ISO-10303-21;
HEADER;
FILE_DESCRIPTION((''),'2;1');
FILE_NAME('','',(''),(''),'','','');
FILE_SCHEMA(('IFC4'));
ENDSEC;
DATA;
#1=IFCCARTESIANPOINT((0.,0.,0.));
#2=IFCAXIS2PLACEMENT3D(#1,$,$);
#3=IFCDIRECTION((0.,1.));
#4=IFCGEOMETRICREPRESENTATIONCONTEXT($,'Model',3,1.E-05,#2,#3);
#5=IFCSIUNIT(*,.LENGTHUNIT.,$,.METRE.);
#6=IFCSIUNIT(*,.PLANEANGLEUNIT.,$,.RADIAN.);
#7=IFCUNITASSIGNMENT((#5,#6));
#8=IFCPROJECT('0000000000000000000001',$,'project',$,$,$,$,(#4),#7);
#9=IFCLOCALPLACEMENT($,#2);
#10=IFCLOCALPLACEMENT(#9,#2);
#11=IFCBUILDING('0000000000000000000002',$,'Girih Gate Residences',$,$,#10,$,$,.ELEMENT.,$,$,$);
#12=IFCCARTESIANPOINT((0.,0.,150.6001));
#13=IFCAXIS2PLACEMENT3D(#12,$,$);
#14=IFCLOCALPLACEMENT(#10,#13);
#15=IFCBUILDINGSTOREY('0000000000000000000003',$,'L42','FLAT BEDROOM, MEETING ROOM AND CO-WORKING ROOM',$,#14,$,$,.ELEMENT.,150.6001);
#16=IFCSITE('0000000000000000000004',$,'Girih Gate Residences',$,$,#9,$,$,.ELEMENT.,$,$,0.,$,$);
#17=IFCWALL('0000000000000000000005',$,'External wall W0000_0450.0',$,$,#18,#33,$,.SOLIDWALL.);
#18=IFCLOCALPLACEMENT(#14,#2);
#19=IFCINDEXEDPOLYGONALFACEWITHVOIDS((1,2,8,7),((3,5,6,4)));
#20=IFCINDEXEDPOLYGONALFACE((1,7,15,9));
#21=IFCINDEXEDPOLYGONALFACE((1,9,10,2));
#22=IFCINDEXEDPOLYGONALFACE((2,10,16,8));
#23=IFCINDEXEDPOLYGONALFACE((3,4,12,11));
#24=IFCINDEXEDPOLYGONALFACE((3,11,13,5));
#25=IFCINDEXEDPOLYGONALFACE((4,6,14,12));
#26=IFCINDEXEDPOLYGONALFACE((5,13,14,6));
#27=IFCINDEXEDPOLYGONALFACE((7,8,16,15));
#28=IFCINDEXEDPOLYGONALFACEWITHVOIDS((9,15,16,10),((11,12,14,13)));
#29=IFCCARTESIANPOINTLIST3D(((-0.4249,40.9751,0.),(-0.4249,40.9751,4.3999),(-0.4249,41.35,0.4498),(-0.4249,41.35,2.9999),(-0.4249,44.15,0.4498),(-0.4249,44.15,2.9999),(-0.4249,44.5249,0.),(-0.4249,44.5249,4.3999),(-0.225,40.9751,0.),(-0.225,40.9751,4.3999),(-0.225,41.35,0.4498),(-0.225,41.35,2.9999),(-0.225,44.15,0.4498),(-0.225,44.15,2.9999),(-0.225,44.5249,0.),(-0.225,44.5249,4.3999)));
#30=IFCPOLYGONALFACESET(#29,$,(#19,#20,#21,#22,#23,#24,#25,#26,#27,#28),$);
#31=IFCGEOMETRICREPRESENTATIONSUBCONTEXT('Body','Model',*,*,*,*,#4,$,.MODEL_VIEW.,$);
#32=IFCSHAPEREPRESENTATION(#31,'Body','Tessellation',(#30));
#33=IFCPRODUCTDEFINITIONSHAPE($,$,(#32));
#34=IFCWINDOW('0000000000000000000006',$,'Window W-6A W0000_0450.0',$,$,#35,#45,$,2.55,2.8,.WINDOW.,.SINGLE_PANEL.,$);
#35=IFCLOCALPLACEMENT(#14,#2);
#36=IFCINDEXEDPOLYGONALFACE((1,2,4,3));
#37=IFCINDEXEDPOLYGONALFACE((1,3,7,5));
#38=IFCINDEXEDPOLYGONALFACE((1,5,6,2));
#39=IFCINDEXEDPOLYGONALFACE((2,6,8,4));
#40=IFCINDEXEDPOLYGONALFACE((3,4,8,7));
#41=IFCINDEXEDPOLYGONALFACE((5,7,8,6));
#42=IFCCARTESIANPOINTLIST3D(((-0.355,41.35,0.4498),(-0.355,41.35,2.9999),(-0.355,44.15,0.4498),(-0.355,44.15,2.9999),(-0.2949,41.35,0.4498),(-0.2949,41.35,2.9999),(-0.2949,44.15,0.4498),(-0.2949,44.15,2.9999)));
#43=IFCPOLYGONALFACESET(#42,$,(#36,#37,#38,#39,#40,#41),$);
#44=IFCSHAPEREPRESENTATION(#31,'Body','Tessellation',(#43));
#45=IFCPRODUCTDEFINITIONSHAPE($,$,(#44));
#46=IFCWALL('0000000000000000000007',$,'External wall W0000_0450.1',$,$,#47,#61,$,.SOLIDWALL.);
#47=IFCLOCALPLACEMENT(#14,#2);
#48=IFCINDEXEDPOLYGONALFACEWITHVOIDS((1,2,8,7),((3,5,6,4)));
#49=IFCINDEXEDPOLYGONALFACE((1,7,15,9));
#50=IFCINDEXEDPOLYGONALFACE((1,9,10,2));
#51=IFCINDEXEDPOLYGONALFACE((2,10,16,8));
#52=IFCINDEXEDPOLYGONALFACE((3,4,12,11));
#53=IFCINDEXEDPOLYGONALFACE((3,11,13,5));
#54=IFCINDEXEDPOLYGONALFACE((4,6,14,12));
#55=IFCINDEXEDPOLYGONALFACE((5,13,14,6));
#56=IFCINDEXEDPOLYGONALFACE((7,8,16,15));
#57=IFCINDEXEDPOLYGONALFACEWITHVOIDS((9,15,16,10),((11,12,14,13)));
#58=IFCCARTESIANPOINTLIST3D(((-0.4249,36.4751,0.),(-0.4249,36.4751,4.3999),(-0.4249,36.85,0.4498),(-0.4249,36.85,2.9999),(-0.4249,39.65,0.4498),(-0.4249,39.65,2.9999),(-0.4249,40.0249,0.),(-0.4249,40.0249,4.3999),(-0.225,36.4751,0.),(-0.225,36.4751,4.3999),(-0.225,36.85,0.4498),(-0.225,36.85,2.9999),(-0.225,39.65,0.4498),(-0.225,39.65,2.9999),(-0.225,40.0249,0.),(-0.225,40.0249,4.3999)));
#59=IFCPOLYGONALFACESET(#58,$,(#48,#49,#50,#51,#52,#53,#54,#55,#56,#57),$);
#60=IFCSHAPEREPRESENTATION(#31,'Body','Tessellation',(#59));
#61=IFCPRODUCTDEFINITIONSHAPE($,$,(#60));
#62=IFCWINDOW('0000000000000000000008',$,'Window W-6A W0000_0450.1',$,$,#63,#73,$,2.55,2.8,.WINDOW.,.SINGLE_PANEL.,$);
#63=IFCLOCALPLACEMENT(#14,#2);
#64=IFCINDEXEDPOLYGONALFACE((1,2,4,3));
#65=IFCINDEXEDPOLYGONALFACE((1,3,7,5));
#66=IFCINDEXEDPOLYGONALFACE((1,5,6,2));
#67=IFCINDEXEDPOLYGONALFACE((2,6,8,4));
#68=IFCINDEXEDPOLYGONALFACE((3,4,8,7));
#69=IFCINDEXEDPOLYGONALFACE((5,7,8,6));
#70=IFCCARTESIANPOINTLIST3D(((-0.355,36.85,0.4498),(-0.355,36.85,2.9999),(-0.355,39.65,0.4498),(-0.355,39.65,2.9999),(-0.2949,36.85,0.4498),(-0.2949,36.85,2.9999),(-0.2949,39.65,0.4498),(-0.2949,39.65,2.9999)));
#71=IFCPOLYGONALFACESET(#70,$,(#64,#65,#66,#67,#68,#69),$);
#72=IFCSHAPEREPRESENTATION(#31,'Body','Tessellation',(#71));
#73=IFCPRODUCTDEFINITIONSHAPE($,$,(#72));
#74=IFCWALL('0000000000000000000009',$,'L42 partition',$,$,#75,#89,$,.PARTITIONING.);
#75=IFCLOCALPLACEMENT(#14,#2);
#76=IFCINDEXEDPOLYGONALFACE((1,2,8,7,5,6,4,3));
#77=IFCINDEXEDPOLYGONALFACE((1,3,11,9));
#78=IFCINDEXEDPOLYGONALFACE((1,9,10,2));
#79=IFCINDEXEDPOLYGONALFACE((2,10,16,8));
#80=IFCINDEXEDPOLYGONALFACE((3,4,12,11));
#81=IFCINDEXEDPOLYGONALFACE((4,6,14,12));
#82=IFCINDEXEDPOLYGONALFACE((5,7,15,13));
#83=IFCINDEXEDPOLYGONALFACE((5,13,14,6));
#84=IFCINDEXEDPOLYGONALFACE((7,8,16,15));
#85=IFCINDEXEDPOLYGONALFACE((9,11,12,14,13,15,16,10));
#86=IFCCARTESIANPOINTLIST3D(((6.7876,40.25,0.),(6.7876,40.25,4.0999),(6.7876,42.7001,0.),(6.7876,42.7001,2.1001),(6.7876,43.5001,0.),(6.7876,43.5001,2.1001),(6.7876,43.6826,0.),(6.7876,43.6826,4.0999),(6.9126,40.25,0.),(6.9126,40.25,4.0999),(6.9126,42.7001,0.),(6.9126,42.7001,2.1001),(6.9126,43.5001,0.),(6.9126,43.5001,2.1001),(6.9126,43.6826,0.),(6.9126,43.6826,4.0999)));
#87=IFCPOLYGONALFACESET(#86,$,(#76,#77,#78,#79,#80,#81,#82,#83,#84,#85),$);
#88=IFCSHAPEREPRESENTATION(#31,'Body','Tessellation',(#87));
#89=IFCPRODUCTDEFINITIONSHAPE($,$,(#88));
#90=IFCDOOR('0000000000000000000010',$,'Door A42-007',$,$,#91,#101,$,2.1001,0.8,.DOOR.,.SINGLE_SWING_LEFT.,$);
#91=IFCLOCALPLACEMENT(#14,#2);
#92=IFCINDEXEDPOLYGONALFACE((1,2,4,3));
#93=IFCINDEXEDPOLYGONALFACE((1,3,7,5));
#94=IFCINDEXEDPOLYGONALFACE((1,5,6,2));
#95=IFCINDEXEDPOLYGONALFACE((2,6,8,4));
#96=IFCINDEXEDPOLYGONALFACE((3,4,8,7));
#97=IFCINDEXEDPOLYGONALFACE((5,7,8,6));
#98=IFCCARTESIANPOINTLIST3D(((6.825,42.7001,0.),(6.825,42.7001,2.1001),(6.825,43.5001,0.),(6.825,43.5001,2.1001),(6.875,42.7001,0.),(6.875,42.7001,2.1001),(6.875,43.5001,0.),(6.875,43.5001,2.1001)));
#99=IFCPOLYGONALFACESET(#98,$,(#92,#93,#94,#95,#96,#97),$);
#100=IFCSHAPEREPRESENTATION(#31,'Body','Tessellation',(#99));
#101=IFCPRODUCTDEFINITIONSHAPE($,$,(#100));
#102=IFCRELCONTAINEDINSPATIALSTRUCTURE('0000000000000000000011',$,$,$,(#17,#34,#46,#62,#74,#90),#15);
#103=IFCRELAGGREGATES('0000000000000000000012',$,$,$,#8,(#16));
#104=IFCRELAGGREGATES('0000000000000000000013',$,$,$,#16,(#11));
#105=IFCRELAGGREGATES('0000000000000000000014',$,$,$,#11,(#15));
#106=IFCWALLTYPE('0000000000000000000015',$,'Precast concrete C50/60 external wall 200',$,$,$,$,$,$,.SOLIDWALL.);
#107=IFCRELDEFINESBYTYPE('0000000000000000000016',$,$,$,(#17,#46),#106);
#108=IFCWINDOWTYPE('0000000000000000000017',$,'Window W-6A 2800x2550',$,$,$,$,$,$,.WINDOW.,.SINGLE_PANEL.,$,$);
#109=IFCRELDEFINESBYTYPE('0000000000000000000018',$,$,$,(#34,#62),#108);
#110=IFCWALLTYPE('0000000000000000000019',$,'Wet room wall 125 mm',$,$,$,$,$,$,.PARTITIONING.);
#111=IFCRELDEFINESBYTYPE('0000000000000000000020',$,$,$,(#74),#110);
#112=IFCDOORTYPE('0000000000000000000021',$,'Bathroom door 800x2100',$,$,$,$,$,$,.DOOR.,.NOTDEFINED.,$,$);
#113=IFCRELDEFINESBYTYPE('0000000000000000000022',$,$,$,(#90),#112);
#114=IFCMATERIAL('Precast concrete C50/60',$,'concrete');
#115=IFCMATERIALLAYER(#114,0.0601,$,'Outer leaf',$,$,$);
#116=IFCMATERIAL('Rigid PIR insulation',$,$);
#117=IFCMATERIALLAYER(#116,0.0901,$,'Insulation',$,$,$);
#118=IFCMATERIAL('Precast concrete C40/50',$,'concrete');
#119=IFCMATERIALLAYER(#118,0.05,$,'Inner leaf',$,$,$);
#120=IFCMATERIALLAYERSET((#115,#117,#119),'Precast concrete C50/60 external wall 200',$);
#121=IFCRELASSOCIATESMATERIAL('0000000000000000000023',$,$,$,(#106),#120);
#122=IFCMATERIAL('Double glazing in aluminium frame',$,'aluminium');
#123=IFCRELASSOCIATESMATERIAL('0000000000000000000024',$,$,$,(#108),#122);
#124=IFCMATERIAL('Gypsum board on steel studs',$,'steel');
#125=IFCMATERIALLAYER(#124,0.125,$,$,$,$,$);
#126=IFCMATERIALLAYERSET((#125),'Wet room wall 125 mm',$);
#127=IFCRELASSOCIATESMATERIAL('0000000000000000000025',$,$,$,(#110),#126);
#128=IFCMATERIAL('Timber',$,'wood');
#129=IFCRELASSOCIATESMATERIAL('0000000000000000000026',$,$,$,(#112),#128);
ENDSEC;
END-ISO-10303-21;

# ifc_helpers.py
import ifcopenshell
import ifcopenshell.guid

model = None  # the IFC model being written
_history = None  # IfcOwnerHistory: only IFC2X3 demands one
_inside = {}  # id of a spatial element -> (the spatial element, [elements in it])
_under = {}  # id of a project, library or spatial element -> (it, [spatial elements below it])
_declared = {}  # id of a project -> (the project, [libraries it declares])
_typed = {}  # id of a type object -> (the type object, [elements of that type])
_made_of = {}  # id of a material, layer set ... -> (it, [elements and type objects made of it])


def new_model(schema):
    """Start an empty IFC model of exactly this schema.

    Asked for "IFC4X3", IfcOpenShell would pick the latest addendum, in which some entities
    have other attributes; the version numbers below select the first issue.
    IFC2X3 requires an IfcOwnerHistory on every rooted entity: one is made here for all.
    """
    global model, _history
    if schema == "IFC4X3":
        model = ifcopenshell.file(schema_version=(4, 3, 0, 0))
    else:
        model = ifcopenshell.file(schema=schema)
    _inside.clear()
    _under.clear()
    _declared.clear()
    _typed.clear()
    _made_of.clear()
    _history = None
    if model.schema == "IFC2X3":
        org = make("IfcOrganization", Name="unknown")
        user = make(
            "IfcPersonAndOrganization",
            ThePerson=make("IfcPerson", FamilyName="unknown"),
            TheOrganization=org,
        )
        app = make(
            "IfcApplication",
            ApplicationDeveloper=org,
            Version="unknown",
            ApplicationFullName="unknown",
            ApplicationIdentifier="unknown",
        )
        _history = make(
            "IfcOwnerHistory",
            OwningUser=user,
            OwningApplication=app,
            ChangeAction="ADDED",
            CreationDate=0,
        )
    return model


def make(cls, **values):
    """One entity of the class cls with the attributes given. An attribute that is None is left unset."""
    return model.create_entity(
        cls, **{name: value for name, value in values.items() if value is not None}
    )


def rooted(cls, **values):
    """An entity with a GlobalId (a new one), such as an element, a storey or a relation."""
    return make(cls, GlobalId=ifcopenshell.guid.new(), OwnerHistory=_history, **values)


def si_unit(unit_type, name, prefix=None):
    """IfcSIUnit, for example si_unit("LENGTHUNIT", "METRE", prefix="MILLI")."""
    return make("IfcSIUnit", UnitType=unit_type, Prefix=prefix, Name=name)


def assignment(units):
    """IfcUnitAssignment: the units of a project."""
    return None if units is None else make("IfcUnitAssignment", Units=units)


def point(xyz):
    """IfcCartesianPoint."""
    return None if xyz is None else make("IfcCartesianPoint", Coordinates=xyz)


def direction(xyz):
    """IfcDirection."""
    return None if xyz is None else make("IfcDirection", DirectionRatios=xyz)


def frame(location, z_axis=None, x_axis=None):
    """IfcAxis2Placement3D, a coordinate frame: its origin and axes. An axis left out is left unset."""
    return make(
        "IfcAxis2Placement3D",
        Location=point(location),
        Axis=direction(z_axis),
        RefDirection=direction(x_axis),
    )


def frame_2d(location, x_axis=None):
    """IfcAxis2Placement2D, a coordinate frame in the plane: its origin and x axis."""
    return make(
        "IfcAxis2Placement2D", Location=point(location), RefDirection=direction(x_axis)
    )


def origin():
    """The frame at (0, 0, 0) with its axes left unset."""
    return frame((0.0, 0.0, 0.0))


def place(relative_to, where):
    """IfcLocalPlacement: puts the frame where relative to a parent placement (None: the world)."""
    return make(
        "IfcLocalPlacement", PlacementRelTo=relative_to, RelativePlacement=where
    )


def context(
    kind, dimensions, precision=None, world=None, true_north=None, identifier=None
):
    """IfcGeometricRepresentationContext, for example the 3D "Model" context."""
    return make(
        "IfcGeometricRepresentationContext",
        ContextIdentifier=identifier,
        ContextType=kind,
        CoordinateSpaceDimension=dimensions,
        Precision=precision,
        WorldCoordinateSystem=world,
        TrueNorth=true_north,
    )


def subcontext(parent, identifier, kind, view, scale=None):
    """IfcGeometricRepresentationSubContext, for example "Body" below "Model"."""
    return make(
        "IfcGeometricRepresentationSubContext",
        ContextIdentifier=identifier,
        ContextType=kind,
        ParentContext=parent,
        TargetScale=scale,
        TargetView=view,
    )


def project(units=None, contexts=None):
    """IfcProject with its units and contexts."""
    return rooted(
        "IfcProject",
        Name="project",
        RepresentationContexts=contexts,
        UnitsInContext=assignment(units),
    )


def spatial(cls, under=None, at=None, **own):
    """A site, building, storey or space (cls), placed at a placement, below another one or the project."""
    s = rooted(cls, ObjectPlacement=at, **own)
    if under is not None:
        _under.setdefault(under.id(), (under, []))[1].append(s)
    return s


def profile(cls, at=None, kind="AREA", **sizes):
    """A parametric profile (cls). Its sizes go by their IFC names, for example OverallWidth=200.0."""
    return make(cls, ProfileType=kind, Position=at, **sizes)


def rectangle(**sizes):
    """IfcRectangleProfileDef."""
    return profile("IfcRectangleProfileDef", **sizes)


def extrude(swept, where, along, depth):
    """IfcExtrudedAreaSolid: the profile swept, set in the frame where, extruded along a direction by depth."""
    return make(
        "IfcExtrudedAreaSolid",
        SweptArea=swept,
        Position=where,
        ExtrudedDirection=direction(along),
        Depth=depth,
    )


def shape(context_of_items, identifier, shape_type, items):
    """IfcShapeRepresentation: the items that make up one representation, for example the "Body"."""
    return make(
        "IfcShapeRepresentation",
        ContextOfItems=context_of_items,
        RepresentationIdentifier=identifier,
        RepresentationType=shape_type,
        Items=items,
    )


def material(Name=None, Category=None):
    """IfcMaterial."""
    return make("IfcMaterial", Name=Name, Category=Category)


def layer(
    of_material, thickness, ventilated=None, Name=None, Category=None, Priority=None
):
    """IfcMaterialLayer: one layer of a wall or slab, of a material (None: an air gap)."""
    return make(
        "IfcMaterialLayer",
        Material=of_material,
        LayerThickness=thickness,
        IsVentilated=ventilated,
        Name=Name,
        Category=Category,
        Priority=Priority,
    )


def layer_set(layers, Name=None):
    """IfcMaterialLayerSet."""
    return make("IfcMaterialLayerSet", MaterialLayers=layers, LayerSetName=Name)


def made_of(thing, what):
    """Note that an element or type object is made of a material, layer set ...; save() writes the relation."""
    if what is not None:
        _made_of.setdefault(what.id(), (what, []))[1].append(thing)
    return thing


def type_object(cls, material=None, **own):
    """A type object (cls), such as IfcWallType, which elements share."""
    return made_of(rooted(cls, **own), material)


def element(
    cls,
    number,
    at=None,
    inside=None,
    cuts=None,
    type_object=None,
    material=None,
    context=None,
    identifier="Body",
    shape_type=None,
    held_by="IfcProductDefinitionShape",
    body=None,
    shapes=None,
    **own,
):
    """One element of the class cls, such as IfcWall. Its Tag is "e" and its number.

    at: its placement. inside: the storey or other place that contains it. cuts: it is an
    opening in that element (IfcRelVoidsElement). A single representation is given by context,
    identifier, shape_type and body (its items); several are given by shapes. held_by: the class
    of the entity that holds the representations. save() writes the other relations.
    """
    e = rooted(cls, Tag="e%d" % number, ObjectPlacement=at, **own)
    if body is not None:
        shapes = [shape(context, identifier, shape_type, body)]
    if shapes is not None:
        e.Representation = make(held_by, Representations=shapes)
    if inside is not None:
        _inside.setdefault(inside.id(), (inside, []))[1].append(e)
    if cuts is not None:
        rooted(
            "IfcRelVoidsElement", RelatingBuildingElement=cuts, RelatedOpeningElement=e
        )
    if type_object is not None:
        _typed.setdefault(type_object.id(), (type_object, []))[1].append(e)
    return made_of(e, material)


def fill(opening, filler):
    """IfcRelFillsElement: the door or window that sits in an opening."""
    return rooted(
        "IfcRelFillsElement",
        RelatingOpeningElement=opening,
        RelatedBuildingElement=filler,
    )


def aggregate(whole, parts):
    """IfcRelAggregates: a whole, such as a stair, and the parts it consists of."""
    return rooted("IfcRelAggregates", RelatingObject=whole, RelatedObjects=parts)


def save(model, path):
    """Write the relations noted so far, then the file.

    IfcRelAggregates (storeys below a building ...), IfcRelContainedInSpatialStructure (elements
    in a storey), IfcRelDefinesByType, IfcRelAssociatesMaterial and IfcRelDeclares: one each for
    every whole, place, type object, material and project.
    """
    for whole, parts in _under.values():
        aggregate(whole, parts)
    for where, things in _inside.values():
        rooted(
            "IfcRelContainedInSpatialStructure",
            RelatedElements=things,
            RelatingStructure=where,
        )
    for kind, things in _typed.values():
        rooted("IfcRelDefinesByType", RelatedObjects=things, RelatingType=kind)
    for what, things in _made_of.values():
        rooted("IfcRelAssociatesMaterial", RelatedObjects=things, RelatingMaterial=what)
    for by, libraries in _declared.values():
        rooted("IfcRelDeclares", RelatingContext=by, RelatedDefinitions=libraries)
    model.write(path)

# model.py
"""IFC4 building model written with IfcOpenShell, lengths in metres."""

from ifc_helpers import new_model, si_unit, direction, frame, frame_2d, origin, place, context, subcontext, project, spatial, rectangle, extrude, material, layer, layer_set, type_object, element, fill, save


model = new_model("IFC4")

# Units and contexts
model_context = context("Model", 3, precision=1e-05, world=origin(), true_north=direction((0.0, 1.0)))
body_context = subcontext(model_context, "Body", "Model", "MODEL_VIEW")
ifc_project = project(units=[si_unit("LENGTHUNIT", "METRE"), si_unit("PLANEANGLEUNIT", "RADIAN")], contexts=[model_context])

# Site, building, storey
site_placement = place(None, origin())
site = spatial("IfcSite", under=ifc_project, at=site_placement, Name="Girih Gate Residences", CompositionType="ELEMENT", RefElevation=0.0)
building_placement = place(site_placement, origin())
building = spatial("IfcBuilding", under=site, at=building_placement, Name="Girih Gate Residences", CompositionType="ELEMENT")
storey_placement = place(building_placement, frame((0.0, 0.0, 150.6001)))
storey = spatial("IfcBuildingStorey", under=building, at=storey_placement, Name="L42", Description="FLAT BEDROOM, MEETING ROOM AND CO-WORKING ROOM", CompositionType="ELEMENT", Elevation=150.6001)

# Shared definitions
ifc_material_1 = material(Name="Gypsum board on steel studs", Category="steel")

# Shared definitions
ifc_material_2 = material(Name="Timber", Category="wood")

# Walls, openings, windows
ifc_material_3 = material(Name="Precast concrete C50/60", Category="concrete")
ifc_layer_1 = layer(ifc_material_3, 0.0601, Name="Outer leaf")
ifc_material_4 = material(Name="Rigid PIR insulation")
ifc_layer_2 = layer(ifc_material_4, 0.0901, Name="Insulation")
ifc_material_5 = material(Name="Precast concrete C40/50", Category="concrete")
ifc_layer_3 = layer(ifc_material_5, 0.05, Name="Inner leaf")
ifc_layer_set_1 = layer_set([ifc_layer_1, ifc_layer_2, ifc_layer_3], Name="Precast concrete C50/60 external wall 200")
wall_type_1 = type_object("IfcWallType", Name="Precast concrete C50/60 external wall 200", PredefinedType="SOLIDWALL", material=ifc_layer_set_1)
wall_1_placement = place(storey_placement, frame((-0.325, 40.9751, 0.0), z_axis=(0.0, 0.0, 1.0), x_axis=(0.0, 1.0, 0.0)))
wall_1 = element("IfcWall", 1, at=wall_1_placement, inside=storey, type_object=wall_type_1, Name="External wall W0000_0450.0", PredefinedType="SOLIDWALL", context=body_context, shape_type="SweptSolid", body=[
    extrude(rectangle(XDim=3.5498, YDim=0.2, at=frame_2d((1.7749, 0.0))), origin(), (0.0, 0.0, 1.0), 4.3999),
])
opening_1_placement = place(wall_1_placement, frame((0.375, 0.0, 0.45)))
opening_1 = element("IfcOpeningElement", 2, at=opening_1_placement, cuts=wall_1, PredefinedType="OPENING", context=body_context, shape_type="SweptSolid", body=[
    extrude(rectangle(XDim=2.8, YDim=2.55, at=frame_2d((1.3999, 1.2749))), frame((0.0, 0.1099, 0.0), z_axis=(0.0, -1.0, 0.0), x_axis=(1.0, 0.0, 0.0)), (0.0, 0.0, 1.0), 0.22),
])
ifc_material_6 = material(Name="Double glazing in aluminium frame", Category="aluminium")
window_type = type_object("IfcWindowType", Name="Window W-6A 2800x2550", PartitioningType="SINGLE_PANEL", PredefinedType="WINDOW", material=ifc_material_6)
window_1_placement = place(opening_1_placement, origin())
window_1 = element("IfcWindow", 3, at=window_1_placement, inside=storey, type_object=window_type, Name="Window W-6A W0000_0450.0", OverallHeight=2.55, OverallWidth=2.8, PartitioningType="SINGLE_PANEL", PredefinedType="WINDOW", context=body_context, shape_type="SweptSolid", body=[
    extrude(rectangle(XDim=2.8, YDim=2.55, at=frame_2d((1.3999, 1.2749))), frame((0.0, 0.03, 0.0), z_axis=(0.0, -1.0, 0.0), x_axis=(1.0, 0.0, 0.0)), (0.0, 0.0, 1.0), 0.0601),
])
fill(opening_1, window_1)
wall_2_placement = place(storey_placement, frame((-0.325, 36.4751, 0.0), z_axis=(0.0, 0.0, 1.0), x_axis=(0.0, 1.0, 0.0)))
wall_2 = element("IfcWall", 4, at=wall_2_placement, inside=storey, type_object=wall_type_1, Name="External wall W0000_0450.1", PredefinedType="SOLIDWALL", context=body_context, shape_type="SweptSolid", body=[
    extrude(rectangle(XDim=3.5498, YDim=0.2, at=frame_2d((1.7749, 0.0))), origin(), (0.0, 0.0, 1.0), 4.3999),
])
opening_2_placement = place(wall_2_placement, frame((0.375, 0.0, 0.45)))
opening_2 = element("IfcOpeningElement", 5, at=opening_2_placement, cuts=wall_2, PredefinedType="OPENING", context=body_context, shape_type="SweptSolid", body=[
    extrude(rectangle(XDim=2.8, YDim=2.55, at=frame_2d((1.3999, 1.2749))), frame((0.0, 0.1099, 0.0), z_axis=(0.0, -1.0, 0.0), x_axis=(1.0, 0.0, 0.0)), (0.0, 0.0, 1.0), 0.22),
])
window_2_placement = place(opening_2_placement, origin())
window_2 = element("IfcWindow", 6, at=window_2_placement, inside=storey, type_object=window_type, Name="Window W-6A W0000_0450.1", OverallHeight=2.55, OverallWidth=2.8, PartitioningType="SINGLE_PANEL", PredefinedType="WINDOW", context=body_context, shape_type="SweptSolid", body=[
    extrude(rectangle(XDim=2.8, YDim=2.55, at=frame_2d((1.3999, 1.2749))), frame((0.0, 0.03, 0.0), z_axis=(0.0, -1.0, 0.0), x_axis=(1.0, 0.0, 0.0)), (0.0, 0.0, 1.0), 0.0601),
])
fill(opening_2, window_2)

# Wall, opening, door
ifc_layer_4 = layer(ifc_material_1, 0.125)
ifc_layer_set_2 = layer_set([ifc_layer_4], Name="Wet room wall 125 mm")
wall_type_2 = type_object("IfcWallType", Name="Wet room wall 125 mm", PredefinedType="PARTITIONING", material=ifc_layer_set_2)
wall_3_placement = place(storey_placement, frame((6.8501, 43.6826, 0.0), z_axis=(0.0, 0.0, 1.0), x_axis=(0.0, -1.0, 0.0)))
wall_3 = element("IfcWall", 7, at=wall_3_placement, inside=storey, type_object=wall_type_2, Name="L42 partition", PredefinedType="PARTITIONING", context=body_context, shape_type="SweptSolid", body=[
    extrude(rectangle(XDim=3.4326, YDim=0.125, at=frame_2d((1.7163, 0.0))), origin(), (0.0, 0.0, 1.0), 4.0999),
])
opening_3_placement = place(wall_3_placement, frame((0.1826, 0.0, 0.0)))
opening_3 = element("IfcOpeningElement", 8, at=opening_3_placement, cuts=wall_3, PredefinedType="OPENING", context=body_context, shape_type="SweptSolid", body=[
    extrude(rectangle(XDim=0.8, YDim=2.1001, at=frame_2d((0.3999, 1.05))), frame((0.0, 0.0725, 0.0), z_axis=(0.0, -1.0, 0.0), x_axis=(1.0, 0.0, 0.0)), (0.0, 0.0, 1.0), 0.145),
])
door_type_1 = type_object("IfcDoorType", Name="Bathroom door 800x2100", OperationType="NOTDEFINED", PredefinedType="DOOR", material=ifc_material_2)
door_1_placement = place(opening_3_placement, origin())
door_1 = element("IfcDoor", 9, at=door_1_placement, inside=storey, type_object=door_type_1, Name="Door A42-007", OperationType="SINGLE_SWING_LEFT", OverallHeight=2.1001, OverallWidth=0.8, PredefinedType="DOOR", context=body_context, shape_type="SweptSolid", body=[
    extrude(rectangle(XDim=0.8, YDim=2.1001, at=frame_2d((0.3999, 1.05))), frame((0.0, 0.0249, 0.0), z_axis=(0.0, -1.0, 0.0), x_axis=(1.0, 0.0, 0.0)), (0.0, 0.0, 1.0), 0.05),
])
fill(opening_3, door_1)

save(model, "model.ifc")
